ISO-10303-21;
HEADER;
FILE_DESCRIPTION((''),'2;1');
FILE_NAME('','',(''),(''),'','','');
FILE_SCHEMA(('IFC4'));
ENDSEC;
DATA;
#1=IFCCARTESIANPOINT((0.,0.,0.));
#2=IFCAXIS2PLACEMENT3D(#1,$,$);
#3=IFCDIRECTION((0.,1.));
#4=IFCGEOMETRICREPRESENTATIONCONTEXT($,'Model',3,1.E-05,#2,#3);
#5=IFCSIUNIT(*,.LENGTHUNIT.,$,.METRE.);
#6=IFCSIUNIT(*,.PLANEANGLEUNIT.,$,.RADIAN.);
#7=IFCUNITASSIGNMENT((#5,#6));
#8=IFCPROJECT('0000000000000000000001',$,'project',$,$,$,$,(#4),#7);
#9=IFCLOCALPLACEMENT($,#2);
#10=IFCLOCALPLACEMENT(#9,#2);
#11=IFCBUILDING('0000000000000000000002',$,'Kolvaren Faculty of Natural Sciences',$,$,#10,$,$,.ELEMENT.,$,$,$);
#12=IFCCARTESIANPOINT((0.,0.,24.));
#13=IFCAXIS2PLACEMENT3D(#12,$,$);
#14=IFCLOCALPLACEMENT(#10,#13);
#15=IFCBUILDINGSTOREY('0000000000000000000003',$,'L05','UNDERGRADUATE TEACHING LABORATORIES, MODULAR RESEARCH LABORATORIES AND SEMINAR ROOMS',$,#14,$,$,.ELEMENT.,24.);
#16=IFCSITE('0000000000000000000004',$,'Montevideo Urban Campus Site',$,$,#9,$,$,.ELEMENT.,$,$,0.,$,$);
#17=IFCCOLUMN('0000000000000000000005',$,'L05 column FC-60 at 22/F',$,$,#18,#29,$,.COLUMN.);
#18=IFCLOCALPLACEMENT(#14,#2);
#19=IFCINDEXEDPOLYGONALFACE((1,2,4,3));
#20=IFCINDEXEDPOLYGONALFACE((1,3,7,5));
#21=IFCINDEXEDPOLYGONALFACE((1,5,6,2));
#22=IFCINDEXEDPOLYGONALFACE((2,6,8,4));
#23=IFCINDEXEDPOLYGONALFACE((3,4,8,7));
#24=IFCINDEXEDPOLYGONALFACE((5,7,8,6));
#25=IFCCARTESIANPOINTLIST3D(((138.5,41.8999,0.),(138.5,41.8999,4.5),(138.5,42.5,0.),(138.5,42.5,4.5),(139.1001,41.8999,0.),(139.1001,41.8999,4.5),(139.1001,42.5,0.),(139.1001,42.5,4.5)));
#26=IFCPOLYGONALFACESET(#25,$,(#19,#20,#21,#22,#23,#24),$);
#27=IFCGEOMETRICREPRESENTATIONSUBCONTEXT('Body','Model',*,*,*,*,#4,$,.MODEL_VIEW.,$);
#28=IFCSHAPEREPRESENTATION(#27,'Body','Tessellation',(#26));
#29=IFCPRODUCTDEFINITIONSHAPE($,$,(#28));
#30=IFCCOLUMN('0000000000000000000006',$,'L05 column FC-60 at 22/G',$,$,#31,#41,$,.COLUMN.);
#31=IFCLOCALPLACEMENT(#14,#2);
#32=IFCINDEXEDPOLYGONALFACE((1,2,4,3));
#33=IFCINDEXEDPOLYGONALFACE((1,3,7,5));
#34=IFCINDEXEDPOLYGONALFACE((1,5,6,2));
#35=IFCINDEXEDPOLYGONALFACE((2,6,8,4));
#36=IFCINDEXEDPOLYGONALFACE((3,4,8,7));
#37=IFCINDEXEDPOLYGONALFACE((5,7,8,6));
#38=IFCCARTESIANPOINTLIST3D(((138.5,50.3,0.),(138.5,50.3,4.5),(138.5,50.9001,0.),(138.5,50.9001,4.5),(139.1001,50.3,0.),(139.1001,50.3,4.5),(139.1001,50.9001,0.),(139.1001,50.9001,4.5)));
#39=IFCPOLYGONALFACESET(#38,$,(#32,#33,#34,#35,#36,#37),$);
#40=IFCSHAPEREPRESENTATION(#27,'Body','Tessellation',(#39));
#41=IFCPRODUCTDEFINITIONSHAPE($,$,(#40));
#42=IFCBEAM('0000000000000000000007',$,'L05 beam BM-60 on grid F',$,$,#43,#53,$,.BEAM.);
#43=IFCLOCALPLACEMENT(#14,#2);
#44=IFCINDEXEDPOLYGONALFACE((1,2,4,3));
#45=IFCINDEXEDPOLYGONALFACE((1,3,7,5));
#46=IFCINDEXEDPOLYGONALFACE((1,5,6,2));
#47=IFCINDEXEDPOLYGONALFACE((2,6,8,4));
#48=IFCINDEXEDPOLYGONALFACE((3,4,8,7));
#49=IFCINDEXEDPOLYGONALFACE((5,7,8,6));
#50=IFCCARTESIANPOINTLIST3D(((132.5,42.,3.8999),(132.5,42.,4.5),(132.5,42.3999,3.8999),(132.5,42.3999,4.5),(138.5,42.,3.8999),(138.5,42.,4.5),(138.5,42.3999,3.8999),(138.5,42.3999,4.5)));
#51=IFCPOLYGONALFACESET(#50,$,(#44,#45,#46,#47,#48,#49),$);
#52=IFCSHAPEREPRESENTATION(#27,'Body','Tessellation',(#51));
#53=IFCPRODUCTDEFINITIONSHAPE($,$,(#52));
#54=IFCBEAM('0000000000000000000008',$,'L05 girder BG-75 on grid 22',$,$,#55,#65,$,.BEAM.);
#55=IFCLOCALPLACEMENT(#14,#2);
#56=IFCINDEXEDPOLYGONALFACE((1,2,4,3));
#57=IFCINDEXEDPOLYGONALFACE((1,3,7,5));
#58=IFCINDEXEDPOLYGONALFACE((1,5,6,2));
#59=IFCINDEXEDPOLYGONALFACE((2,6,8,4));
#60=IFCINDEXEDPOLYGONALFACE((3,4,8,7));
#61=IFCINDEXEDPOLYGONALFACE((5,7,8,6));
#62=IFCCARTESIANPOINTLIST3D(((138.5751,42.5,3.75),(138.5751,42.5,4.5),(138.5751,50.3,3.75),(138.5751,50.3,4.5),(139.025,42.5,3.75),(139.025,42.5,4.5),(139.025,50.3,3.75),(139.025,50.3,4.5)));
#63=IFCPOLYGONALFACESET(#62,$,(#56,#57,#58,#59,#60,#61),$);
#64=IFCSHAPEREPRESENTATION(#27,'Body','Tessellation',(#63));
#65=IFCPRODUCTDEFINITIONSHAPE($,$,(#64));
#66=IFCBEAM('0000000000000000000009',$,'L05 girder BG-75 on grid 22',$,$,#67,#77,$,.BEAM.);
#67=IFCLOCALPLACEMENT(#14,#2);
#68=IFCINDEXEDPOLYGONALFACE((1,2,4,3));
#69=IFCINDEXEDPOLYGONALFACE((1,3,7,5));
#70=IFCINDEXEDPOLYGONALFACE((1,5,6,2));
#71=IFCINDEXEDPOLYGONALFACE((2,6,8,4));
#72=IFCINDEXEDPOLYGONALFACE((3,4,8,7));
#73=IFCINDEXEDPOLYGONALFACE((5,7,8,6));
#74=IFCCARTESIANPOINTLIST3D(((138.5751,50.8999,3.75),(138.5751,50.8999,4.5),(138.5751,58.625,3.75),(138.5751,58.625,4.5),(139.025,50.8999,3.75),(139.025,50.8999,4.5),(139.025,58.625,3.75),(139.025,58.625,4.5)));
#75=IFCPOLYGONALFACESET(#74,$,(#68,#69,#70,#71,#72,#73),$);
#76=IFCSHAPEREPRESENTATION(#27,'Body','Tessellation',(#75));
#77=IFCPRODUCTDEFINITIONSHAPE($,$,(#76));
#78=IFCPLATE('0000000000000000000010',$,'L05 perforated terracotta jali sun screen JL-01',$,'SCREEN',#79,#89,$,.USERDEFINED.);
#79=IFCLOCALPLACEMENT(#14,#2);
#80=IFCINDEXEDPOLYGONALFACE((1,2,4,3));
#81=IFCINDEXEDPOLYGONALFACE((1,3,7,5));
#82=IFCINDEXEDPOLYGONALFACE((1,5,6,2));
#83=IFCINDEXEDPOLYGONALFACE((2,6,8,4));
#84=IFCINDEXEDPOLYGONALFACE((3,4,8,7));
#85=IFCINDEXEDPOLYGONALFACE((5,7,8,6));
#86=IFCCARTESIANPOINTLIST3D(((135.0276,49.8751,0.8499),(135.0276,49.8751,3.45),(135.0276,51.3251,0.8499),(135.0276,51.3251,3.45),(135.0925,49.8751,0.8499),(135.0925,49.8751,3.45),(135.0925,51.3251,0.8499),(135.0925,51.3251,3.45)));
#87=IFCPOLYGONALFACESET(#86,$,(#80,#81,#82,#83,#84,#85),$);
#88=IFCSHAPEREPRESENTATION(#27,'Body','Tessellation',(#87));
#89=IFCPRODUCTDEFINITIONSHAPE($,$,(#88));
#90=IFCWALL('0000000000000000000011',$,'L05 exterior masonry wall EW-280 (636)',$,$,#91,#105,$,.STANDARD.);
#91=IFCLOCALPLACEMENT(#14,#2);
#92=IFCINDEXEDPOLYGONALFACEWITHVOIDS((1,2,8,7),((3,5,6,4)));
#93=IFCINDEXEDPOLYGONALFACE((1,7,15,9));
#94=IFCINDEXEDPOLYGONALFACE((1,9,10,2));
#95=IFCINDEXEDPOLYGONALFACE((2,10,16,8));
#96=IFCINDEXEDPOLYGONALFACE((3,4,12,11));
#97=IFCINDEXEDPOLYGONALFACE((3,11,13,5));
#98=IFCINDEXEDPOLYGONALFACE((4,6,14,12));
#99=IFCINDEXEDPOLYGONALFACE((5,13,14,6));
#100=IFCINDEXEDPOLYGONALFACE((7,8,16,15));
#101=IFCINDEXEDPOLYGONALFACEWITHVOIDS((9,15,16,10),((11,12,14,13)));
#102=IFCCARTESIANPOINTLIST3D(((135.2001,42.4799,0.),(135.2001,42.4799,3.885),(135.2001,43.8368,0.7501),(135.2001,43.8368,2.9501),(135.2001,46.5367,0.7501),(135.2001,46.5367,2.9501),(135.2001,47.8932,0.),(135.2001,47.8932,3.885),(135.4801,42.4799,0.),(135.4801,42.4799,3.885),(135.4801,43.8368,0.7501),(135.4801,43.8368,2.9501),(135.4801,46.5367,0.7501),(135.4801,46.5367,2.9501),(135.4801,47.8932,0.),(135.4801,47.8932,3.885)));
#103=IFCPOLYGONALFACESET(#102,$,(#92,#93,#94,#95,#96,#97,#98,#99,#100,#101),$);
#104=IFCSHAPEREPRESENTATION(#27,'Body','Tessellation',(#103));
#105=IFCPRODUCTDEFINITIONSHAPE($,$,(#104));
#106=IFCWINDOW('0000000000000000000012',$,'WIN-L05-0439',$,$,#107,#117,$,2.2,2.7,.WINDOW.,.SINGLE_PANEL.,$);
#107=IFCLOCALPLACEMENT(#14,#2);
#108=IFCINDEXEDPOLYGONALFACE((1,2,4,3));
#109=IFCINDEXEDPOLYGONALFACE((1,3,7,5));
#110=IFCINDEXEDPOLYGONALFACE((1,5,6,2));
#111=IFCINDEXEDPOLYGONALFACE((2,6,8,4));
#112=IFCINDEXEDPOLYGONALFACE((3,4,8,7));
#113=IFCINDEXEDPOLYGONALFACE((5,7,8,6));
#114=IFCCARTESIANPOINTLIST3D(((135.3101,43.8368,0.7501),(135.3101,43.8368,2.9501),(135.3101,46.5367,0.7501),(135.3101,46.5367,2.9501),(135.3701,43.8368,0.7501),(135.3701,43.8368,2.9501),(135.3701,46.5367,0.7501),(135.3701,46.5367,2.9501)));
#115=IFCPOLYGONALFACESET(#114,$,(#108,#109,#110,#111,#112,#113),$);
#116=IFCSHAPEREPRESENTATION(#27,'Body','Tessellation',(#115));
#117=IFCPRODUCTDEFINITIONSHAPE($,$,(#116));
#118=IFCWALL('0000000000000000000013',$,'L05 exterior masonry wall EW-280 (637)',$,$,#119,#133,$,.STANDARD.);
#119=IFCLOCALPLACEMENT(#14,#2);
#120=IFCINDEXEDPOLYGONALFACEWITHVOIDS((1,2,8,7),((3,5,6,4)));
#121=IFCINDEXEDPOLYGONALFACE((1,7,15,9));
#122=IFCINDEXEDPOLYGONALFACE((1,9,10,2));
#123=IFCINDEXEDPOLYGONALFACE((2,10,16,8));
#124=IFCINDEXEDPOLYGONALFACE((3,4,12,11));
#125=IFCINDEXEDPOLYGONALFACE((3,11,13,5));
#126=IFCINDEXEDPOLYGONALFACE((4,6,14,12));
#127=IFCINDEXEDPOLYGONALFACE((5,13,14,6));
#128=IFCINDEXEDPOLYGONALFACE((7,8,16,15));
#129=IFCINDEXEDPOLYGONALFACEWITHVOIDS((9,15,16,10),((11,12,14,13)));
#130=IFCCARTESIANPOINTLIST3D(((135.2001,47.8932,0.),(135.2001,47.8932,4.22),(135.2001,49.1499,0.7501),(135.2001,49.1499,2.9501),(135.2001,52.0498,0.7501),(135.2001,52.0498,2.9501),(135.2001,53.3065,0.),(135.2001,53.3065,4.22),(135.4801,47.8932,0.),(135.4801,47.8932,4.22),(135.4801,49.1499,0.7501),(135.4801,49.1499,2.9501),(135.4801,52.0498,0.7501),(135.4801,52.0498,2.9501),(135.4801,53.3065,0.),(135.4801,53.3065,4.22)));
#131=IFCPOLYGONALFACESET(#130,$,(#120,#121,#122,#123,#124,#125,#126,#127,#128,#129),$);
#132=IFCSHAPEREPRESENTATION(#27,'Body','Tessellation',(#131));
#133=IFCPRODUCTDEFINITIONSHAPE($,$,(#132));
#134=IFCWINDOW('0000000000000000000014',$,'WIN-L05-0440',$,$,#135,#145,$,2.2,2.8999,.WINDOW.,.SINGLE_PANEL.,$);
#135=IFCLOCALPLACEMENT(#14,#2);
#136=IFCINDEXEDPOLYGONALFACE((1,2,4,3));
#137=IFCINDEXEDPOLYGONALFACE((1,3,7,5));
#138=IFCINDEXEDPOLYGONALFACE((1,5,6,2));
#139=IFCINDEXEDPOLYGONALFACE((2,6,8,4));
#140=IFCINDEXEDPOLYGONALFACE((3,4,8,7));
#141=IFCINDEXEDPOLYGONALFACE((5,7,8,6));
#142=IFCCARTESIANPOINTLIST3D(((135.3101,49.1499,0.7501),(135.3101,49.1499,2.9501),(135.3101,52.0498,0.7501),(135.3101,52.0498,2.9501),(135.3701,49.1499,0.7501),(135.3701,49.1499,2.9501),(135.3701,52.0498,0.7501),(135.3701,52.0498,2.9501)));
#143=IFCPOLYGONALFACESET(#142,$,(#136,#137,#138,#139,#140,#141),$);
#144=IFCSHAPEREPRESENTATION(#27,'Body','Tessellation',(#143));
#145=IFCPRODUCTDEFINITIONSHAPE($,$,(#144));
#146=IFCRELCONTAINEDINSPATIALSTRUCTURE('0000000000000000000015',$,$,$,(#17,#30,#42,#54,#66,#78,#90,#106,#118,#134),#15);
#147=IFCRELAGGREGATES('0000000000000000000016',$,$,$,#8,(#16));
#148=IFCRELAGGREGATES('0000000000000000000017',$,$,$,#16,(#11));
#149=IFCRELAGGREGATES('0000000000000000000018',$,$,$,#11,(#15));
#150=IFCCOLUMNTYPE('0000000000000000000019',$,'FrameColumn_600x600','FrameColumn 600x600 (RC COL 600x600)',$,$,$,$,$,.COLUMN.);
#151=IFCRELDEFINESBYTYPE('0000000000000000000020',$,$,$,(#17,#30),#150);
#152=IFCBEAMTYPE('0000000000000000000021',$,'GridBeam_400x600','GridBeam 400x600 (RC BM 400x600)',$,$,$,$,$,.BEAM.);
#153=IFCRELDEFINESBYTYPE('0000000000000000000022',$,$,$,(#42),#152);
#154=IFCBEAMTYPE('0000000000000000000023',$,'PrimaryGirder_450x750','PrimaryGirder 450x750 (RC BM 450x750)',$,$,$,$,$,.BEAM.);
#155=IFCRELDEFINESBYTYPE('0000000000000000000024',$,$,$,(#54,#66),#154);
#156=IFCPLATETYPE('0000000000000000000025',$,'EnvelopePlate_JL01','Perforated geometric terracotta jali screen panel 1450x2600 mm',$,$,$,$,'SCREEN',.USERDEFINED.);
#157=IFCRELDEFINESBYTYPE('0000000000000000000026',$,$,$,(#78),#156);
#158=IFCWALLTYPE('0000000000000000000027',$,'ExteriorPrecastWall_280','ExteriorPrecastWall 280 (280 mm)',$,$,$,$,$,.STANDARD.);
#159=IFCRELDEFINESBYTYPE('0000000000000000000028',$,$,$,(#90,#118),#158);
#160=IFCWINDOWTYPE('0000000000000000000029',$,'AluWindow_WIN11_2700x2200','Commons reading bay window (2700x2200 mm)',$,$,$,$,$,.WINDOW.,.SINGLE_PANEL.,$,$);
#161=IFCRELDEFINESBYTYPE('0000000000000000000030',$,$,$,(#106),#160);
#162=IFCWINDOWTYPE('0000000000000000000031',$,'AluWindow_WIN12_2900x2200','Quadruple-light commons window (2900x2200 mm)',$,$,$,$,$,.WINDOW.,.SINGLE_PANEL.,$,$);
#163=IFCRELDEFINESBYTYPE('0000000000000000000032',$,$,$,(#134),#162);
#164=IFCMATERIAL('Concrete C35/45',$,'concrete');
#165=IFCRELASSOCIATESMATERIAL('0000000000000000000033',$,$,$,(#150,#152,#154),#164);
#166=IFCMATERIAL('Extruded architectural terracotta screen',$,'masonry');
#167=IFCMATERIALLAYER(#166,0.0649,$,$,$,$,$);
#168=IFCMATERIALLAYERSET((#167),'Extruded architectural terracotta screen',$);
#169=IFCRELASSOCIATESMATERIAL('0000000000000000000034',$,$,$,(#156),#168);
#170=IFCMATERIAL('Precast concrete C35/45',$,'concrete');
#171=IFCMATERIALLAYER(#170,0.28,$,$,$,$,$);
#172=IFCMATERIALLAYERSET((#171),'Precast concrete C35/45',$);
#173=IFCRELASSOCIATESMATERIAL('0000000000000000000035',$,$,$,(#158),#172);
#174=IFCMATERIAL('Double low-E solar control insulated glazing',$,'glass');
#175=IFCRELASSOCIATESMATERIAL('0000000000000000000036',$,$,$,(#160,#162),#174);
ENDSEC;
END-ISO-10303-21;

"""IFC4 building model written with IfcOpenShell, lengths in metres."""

from ifc_helpers import new_model, si_unit, direction, frame, frame_2d, origin, origin_2d, place, context, subcontext, project, spatial, rectangle, extrude, material, layer, layer_set, material_profile, profile_set, type_object, element, fill, save


model = new_model("IFC4")

# Units and contexts
model_context = context("Model", 3, precision=1e-05, world=origin(), true_north=direction((0.0, 1.0)))
body_context = subcontext(model_context, "Body", "Model", "MODEL_VIEW")
ifc_project = project(units=[si_unit("LENGTHUNIT", "METRE"), si_unit("PLANEANGLEUNIT", "RADIAN")], contexts=[model_context])

# Site, building, storey
site_placement = place(None, origin())
site = spatial("IfcSite", under=ifc_project, at=site_placement, Name="Montevideo Urban Campus Site", CompositionType="ELEMENT", RefElevation=0.0)
building_placement = place(site_placement, origin())
building = spatial("IfcBuilding", under=site, at=building_placement, Name="Kolvaren Faculty of Natural Sciences", CompositionType="ELEMENT")
storey_placement = place(building_placement, frame((0.0, 0.0, 24.0)))
storey = spatial("IfcBuildingStorey", under=building, at=storey_placement, Name="L05", Description="UNDERGRADUATE TEACHING LABORATORIES, MODULAR RESEARCH LABORATORIES AND SEMINAR ROOMS", CompositionType="ELEMENT", Elevation=24.0)

# Columns
ifc_material_1 = material(Name="Concrete C35/45", Category="concrete")
ifc_material_profile_1 = material_profile(ifc_material_1, rectangle(XDim=0.6001, YDim=0.6001, at=origin_2d()), Name="RC COL 600x600")
ifc_profile_set_1 = profile_set([ifc_material_profile_1], Name="Concrete C35/45")
column_type = type_object("IfcColumnType", Name="FrameColumn_600x600", Description="FrameColumn 600x600 (RC COL 600x600)", PredefinedType="COLUMN", material=ifc_profile_set_1)
for number, where, z_axis, x_axis, name in (
    (1, (138.8, 42.2, 0.0), (0.0, 0.0, 1.0), (1.0, 0.0, 0.0), "L05 column FC-60 at 22/F"),
    (2, (138.8, 50.6001, 0.0), (0.0, 0.0, 1.0), (1.0, 0.0, 0.0), "L05 column FC-60 at 22/G"),
):
    element("IfcColumn", number, at=place(storey_placement, frame(where, z_axis=z_axis, x_axis=x_axis)), inside=storey, type_object=column_type, Name=name, PredefinedType="COLUMN", context=body_context, shape_type="SweptSolid", body=[
        extrude(rectangle(XDim=0.6001, YDim=0.6001, at=origin_2d()), origin(), (0.0, 0.0, 1.0), 4.5),
    ])

# Beams
ifc_material_profile_2 = material_profile(ifc_material_1, rectangle(XDim=0.3999, YDim=0.6001, at=origin_2d()), Name="RC BM 400x600")
ifc_profile_set_2 = profile_set([ifc_material_profile_2], Name="Concrete C35/45")
beam_type_1 = type_object("IfcBeamType", Name="GridBeam_400x600", Description="GridBeam 400x600 (RC BM 400x600)", PredefinedType="BEAM", material=ifc_profile_set_2)
beam_1_placement = place(storey_placement, frame((132.5, 42.2, 4.2), z_axis=(1.0, 0.0, 0.0), x_axis=(0.0, 1.0, 0.0)))
element("IfcBeam", 3, at=beam_1_placement, inside=storey, type_object=beam_type_1, Name="L05 beam BM-60 on grid F", PredefinedType="BEAM", context=body_context, shape_type="SweptSolid", body=[
    extrude(rectangle(XDim=0.3999, YDim=0.6001, at=origin_2d()), origin(), (0.0, 0.0, 1.0), 6.0),
])
ifc_material_profile_3 = material_profile(ifc_material_1, rectangle(XDim=0.45, YDim=0.75, at=origin_2d()), Name="RC BM 450x750")
ifc_profile_set_3 = profile_set([ifc_material_profile_3], Name="Concrete C35/45")
beam_type_2 = type_object("IfcBeamType", Name="PrimaryGirder_450x750", Description="PrimaryGirder 450x750 (RC BM 450x750)", PredefinedType="BEAM", material=ifc_profile_set_3)
beam_2_placement = place(storey_placement, frame((138.8, 42.5, 4.125), z_axis=(0.0, 1.0, 0.0), x_axis=(-1.0, 0.0, 0.0)))
element("IfcBeam", 4, at=beam_2_placement, inside=storey, type_object=beam_type_2, Name="L05 girder BG-75 on grid 22", PredefinedType="BEAM", context=body_context, shape_type="SweptSolid", body=[
    extrude(rectangle(XDim=0.45, YDim=0.75, at=origin_2d()), origin(), (0.0, 0.0, 1.0), 7.8),
])
beam_3_placement = place(storey_placement, frame((138.8, 50.8999, 4.125), z_axis=(0.0, 1.0, 0.0), x_axis=(-1.0, 0.0, 0.0)))
element("IfcBeam", 5, at=beam_3_placement, inside=storey, type_object=beam_type_2, Name="L05 girder BG-75 on grid 22", PredefinedType="BEAM", context=body_context, shape_type="SweptSolid", body=[
    extrude(rectangle(XDim=0.45, YDim=0.75, at=origin_2d()), origin(), (0.0, 0.0, 1.0), 7.7251),
])

# Plate
ifc_material_2 = material(Name="Extruded architectural terracotta screen", Category="masonry")
ifc_layer_1 = layer(ifc_material_2, 0.0649)
ifc_layer_set_1 = layer_set([ifc_layer_1], Name="Extruded architectural terracotta screen")
plate_type = type_object("IfcPlateType", Name="EnvelopePlate_JL01", Description="Perforated geometric terracotta jali screen panel 1450x2600 mm", ElementType="SCREEN", PredefinedType="USERDEFINED", material=ifc_layer_set_1)
plate_placement = place(storey_placement, frame((135.0601, 50.6001, 0.8499), z_axis=(0.0, 0.0, 1.0), x_axis=(0.0, 1.0, 0.0)))
element("IfcPlate", 6, at=plate_placement, inside=storey, type_object=plate_type, Name="L05 perforated terracotta jali sun screen JL-01", ObjectType="SCREEN", PredefinedType="USERDEFINED", context=body_context, shape_type="SweptSolid", body=[
    extrude(rectangle(XDim=1.45, YDim=0.0649, at=origin_2d()), origin(), (0.0, 0.0, 1.0), 2.6001),
])

# Walls, openings, windows
ifc_material_3 = material(Name="Precast concrete C35/45", Category="concrete")
ifc_layer_2 = layer(ifc_material_3, 0.28)
ifc_layer_set_2 = layer_set([ifc_layer_2], Name="Precast concrete C35/45")
wall_type_1 = type_object("IfcWallType", Name="ExteriorPrecastWall_280", Description="ExteriorPrecastWall 280 (280 mm)", PredefinedType="STANDARD", material=ifc_layer_set_2)
wall_1_placement = place(storey_placement, frame((135.3401, 42.48, 0.0), z_axis=(0.0, 0.0, 1.0), x_axis=(0.0, 1.0, 0.0)))
wall_1 = element("IfcWall", 7, at=wall_1_placement, inside=storey, type_object=wall_type_1, Name="L05 exterior masonry wall EW-280 (636)", PredefinedType="STANDARD", context=body_context, shape_type="SweptSolid", body=[
    extrude(rectangle(XDim=5.4133, YDim=0.28, at=frame_2d((2.7065, 0.0))), origin(), (0.0, 0.0, 1.0), 3.885),
])
opening_1_placement = place(wall_1_placement, frame((1.3567, 0.0, 0.75)))
opening_1 = element("IfcOpeningElement", 8, at=opening_1_placement, cuts=wall_1, PredefinedType="OPENING", context=body_context, shape_type="SweptSolid", body=[
    extrude(rectangle(XDim=2.7, YDim=2.2, at=frame_2d((1.3501, 1.1001))), frame((0.0, 0.1499, 0.0), z_axis=(0.0, -1.0, 0.0), x_axis=(1.0, 0.0, 0.0)), (0.0, 0.0, 1.0), 0.3),
])
ifc_material_4 = material(Name="Double low-E solar control insulated glazing", Category="glass")
window_type_1 = type_object("IfcWindowType", Name="AluWindow_WIN11_2700x2200", Description="Commons reading bay window (2700x2200 mm)", PartitioningType="SINGLE_PANEL", PredefinedType="WINDOW", material=ifc_material_4)
window_1_placement = place(opening_1_placement, origin())
window_1 = element("IfcWindow", 9, at=window_1_placement, inside=storey, type_object=window_type_1, Name="WIN-L05-0439", OverallHeight=2.2, OverallWidth=2.7, PartitioningType="SINGLE_PANEL", PredefinedType="WINDOW", context=body_context, shape_type="SweptSolid", body=[
    extrude(rectangle(XDim=2.7, YDim=2.2, at=frame_2d((1.3501, 1.1001))), frame((0.0, 0.03, 0.0), z_axis=(0.0, -1.0, 0.0), x_axis=(1.0, 0.0, 0.0)), (0.0, 0.0, 1.0), 0.0601),
])
fill(opening_1, window_1)
wall_2_placement = place(storey_placement, frame((135.3401, 47.8933, 0.0), z_axis=(0.0, 0.0, 1.0), x_axis=(0.0, 1.0, 0.0)))
wall_2 = element("IfcWall", 10, at=wall_2_placement, inside=storey, type_object=wall_type_1, Name="L05 exterior masonry wall EW-280 (637)", PredefinedType="STANDARD", context=body_context, shape_type="SweptSolid", body=[
    extrude(rectangle(XDim=5.4133, YDim=0.28, at=frame_2d((2.7065, 0.0))), origin(), (0.0, 0.0, 1.0), 4.22),
])
opening_2_placement = place(wall_2_placement, frame((1.2566, 0.0, 0.75)))
opening_2 = element("IfcOpeningElement", 11, at=opening_2_placement, cuts=wall_2, PredefinedType="OPENING", context=body_context, shape_type="SweptSolid", body=[
    extrude(rectangle(XDim=2.8999, YDim=2.2, at=frame_2d((1.45, 1.1001))), frame((0.0, 0.1499, 0.0), z_axis=(0.0, -1.0, 0.0), x_axis=(1.0, 0.0, 0.0)), (0.0, 0.0, 1.0), 0.3),
])
window_type_2 = type_object("IfcWindowType", Name="AluWindow_WIN12_2900x2200", Description="Quadruple-light commons window (2900x2200 mm)", PartitioningType="SINGLE_PANEL", PredefinedType="WINDOW", material=ifc_material_4)
window_2_placement = place(opening_2_placement, origin())
window_2 = element("IfcWindow", 12, at=window_2_placement, inside=storey, type_object=window_type_2, Name="WIN-L05-0440", OverallHeight=2.2, OverallWidth=2.8999, PartitioningType="SINGLE_PANEL", PredefinedType="WINDOW", context=body_context, shape_type="SweptSolid", body=[
    extrude(rectangle(XDim=2.8999, YDim=2.2, at=frame_2d((1.45, 1.1001))), frame((0.0, 0.03, 0.0), z_axis=(0.0, -1.0, 0.0), x_axis=(1.0, 0.0, 0.0)), (0.0, 0.0, 1.0), 0.0601),
])
fill(opening_2, window_2)

save(model, "model.ifc")
